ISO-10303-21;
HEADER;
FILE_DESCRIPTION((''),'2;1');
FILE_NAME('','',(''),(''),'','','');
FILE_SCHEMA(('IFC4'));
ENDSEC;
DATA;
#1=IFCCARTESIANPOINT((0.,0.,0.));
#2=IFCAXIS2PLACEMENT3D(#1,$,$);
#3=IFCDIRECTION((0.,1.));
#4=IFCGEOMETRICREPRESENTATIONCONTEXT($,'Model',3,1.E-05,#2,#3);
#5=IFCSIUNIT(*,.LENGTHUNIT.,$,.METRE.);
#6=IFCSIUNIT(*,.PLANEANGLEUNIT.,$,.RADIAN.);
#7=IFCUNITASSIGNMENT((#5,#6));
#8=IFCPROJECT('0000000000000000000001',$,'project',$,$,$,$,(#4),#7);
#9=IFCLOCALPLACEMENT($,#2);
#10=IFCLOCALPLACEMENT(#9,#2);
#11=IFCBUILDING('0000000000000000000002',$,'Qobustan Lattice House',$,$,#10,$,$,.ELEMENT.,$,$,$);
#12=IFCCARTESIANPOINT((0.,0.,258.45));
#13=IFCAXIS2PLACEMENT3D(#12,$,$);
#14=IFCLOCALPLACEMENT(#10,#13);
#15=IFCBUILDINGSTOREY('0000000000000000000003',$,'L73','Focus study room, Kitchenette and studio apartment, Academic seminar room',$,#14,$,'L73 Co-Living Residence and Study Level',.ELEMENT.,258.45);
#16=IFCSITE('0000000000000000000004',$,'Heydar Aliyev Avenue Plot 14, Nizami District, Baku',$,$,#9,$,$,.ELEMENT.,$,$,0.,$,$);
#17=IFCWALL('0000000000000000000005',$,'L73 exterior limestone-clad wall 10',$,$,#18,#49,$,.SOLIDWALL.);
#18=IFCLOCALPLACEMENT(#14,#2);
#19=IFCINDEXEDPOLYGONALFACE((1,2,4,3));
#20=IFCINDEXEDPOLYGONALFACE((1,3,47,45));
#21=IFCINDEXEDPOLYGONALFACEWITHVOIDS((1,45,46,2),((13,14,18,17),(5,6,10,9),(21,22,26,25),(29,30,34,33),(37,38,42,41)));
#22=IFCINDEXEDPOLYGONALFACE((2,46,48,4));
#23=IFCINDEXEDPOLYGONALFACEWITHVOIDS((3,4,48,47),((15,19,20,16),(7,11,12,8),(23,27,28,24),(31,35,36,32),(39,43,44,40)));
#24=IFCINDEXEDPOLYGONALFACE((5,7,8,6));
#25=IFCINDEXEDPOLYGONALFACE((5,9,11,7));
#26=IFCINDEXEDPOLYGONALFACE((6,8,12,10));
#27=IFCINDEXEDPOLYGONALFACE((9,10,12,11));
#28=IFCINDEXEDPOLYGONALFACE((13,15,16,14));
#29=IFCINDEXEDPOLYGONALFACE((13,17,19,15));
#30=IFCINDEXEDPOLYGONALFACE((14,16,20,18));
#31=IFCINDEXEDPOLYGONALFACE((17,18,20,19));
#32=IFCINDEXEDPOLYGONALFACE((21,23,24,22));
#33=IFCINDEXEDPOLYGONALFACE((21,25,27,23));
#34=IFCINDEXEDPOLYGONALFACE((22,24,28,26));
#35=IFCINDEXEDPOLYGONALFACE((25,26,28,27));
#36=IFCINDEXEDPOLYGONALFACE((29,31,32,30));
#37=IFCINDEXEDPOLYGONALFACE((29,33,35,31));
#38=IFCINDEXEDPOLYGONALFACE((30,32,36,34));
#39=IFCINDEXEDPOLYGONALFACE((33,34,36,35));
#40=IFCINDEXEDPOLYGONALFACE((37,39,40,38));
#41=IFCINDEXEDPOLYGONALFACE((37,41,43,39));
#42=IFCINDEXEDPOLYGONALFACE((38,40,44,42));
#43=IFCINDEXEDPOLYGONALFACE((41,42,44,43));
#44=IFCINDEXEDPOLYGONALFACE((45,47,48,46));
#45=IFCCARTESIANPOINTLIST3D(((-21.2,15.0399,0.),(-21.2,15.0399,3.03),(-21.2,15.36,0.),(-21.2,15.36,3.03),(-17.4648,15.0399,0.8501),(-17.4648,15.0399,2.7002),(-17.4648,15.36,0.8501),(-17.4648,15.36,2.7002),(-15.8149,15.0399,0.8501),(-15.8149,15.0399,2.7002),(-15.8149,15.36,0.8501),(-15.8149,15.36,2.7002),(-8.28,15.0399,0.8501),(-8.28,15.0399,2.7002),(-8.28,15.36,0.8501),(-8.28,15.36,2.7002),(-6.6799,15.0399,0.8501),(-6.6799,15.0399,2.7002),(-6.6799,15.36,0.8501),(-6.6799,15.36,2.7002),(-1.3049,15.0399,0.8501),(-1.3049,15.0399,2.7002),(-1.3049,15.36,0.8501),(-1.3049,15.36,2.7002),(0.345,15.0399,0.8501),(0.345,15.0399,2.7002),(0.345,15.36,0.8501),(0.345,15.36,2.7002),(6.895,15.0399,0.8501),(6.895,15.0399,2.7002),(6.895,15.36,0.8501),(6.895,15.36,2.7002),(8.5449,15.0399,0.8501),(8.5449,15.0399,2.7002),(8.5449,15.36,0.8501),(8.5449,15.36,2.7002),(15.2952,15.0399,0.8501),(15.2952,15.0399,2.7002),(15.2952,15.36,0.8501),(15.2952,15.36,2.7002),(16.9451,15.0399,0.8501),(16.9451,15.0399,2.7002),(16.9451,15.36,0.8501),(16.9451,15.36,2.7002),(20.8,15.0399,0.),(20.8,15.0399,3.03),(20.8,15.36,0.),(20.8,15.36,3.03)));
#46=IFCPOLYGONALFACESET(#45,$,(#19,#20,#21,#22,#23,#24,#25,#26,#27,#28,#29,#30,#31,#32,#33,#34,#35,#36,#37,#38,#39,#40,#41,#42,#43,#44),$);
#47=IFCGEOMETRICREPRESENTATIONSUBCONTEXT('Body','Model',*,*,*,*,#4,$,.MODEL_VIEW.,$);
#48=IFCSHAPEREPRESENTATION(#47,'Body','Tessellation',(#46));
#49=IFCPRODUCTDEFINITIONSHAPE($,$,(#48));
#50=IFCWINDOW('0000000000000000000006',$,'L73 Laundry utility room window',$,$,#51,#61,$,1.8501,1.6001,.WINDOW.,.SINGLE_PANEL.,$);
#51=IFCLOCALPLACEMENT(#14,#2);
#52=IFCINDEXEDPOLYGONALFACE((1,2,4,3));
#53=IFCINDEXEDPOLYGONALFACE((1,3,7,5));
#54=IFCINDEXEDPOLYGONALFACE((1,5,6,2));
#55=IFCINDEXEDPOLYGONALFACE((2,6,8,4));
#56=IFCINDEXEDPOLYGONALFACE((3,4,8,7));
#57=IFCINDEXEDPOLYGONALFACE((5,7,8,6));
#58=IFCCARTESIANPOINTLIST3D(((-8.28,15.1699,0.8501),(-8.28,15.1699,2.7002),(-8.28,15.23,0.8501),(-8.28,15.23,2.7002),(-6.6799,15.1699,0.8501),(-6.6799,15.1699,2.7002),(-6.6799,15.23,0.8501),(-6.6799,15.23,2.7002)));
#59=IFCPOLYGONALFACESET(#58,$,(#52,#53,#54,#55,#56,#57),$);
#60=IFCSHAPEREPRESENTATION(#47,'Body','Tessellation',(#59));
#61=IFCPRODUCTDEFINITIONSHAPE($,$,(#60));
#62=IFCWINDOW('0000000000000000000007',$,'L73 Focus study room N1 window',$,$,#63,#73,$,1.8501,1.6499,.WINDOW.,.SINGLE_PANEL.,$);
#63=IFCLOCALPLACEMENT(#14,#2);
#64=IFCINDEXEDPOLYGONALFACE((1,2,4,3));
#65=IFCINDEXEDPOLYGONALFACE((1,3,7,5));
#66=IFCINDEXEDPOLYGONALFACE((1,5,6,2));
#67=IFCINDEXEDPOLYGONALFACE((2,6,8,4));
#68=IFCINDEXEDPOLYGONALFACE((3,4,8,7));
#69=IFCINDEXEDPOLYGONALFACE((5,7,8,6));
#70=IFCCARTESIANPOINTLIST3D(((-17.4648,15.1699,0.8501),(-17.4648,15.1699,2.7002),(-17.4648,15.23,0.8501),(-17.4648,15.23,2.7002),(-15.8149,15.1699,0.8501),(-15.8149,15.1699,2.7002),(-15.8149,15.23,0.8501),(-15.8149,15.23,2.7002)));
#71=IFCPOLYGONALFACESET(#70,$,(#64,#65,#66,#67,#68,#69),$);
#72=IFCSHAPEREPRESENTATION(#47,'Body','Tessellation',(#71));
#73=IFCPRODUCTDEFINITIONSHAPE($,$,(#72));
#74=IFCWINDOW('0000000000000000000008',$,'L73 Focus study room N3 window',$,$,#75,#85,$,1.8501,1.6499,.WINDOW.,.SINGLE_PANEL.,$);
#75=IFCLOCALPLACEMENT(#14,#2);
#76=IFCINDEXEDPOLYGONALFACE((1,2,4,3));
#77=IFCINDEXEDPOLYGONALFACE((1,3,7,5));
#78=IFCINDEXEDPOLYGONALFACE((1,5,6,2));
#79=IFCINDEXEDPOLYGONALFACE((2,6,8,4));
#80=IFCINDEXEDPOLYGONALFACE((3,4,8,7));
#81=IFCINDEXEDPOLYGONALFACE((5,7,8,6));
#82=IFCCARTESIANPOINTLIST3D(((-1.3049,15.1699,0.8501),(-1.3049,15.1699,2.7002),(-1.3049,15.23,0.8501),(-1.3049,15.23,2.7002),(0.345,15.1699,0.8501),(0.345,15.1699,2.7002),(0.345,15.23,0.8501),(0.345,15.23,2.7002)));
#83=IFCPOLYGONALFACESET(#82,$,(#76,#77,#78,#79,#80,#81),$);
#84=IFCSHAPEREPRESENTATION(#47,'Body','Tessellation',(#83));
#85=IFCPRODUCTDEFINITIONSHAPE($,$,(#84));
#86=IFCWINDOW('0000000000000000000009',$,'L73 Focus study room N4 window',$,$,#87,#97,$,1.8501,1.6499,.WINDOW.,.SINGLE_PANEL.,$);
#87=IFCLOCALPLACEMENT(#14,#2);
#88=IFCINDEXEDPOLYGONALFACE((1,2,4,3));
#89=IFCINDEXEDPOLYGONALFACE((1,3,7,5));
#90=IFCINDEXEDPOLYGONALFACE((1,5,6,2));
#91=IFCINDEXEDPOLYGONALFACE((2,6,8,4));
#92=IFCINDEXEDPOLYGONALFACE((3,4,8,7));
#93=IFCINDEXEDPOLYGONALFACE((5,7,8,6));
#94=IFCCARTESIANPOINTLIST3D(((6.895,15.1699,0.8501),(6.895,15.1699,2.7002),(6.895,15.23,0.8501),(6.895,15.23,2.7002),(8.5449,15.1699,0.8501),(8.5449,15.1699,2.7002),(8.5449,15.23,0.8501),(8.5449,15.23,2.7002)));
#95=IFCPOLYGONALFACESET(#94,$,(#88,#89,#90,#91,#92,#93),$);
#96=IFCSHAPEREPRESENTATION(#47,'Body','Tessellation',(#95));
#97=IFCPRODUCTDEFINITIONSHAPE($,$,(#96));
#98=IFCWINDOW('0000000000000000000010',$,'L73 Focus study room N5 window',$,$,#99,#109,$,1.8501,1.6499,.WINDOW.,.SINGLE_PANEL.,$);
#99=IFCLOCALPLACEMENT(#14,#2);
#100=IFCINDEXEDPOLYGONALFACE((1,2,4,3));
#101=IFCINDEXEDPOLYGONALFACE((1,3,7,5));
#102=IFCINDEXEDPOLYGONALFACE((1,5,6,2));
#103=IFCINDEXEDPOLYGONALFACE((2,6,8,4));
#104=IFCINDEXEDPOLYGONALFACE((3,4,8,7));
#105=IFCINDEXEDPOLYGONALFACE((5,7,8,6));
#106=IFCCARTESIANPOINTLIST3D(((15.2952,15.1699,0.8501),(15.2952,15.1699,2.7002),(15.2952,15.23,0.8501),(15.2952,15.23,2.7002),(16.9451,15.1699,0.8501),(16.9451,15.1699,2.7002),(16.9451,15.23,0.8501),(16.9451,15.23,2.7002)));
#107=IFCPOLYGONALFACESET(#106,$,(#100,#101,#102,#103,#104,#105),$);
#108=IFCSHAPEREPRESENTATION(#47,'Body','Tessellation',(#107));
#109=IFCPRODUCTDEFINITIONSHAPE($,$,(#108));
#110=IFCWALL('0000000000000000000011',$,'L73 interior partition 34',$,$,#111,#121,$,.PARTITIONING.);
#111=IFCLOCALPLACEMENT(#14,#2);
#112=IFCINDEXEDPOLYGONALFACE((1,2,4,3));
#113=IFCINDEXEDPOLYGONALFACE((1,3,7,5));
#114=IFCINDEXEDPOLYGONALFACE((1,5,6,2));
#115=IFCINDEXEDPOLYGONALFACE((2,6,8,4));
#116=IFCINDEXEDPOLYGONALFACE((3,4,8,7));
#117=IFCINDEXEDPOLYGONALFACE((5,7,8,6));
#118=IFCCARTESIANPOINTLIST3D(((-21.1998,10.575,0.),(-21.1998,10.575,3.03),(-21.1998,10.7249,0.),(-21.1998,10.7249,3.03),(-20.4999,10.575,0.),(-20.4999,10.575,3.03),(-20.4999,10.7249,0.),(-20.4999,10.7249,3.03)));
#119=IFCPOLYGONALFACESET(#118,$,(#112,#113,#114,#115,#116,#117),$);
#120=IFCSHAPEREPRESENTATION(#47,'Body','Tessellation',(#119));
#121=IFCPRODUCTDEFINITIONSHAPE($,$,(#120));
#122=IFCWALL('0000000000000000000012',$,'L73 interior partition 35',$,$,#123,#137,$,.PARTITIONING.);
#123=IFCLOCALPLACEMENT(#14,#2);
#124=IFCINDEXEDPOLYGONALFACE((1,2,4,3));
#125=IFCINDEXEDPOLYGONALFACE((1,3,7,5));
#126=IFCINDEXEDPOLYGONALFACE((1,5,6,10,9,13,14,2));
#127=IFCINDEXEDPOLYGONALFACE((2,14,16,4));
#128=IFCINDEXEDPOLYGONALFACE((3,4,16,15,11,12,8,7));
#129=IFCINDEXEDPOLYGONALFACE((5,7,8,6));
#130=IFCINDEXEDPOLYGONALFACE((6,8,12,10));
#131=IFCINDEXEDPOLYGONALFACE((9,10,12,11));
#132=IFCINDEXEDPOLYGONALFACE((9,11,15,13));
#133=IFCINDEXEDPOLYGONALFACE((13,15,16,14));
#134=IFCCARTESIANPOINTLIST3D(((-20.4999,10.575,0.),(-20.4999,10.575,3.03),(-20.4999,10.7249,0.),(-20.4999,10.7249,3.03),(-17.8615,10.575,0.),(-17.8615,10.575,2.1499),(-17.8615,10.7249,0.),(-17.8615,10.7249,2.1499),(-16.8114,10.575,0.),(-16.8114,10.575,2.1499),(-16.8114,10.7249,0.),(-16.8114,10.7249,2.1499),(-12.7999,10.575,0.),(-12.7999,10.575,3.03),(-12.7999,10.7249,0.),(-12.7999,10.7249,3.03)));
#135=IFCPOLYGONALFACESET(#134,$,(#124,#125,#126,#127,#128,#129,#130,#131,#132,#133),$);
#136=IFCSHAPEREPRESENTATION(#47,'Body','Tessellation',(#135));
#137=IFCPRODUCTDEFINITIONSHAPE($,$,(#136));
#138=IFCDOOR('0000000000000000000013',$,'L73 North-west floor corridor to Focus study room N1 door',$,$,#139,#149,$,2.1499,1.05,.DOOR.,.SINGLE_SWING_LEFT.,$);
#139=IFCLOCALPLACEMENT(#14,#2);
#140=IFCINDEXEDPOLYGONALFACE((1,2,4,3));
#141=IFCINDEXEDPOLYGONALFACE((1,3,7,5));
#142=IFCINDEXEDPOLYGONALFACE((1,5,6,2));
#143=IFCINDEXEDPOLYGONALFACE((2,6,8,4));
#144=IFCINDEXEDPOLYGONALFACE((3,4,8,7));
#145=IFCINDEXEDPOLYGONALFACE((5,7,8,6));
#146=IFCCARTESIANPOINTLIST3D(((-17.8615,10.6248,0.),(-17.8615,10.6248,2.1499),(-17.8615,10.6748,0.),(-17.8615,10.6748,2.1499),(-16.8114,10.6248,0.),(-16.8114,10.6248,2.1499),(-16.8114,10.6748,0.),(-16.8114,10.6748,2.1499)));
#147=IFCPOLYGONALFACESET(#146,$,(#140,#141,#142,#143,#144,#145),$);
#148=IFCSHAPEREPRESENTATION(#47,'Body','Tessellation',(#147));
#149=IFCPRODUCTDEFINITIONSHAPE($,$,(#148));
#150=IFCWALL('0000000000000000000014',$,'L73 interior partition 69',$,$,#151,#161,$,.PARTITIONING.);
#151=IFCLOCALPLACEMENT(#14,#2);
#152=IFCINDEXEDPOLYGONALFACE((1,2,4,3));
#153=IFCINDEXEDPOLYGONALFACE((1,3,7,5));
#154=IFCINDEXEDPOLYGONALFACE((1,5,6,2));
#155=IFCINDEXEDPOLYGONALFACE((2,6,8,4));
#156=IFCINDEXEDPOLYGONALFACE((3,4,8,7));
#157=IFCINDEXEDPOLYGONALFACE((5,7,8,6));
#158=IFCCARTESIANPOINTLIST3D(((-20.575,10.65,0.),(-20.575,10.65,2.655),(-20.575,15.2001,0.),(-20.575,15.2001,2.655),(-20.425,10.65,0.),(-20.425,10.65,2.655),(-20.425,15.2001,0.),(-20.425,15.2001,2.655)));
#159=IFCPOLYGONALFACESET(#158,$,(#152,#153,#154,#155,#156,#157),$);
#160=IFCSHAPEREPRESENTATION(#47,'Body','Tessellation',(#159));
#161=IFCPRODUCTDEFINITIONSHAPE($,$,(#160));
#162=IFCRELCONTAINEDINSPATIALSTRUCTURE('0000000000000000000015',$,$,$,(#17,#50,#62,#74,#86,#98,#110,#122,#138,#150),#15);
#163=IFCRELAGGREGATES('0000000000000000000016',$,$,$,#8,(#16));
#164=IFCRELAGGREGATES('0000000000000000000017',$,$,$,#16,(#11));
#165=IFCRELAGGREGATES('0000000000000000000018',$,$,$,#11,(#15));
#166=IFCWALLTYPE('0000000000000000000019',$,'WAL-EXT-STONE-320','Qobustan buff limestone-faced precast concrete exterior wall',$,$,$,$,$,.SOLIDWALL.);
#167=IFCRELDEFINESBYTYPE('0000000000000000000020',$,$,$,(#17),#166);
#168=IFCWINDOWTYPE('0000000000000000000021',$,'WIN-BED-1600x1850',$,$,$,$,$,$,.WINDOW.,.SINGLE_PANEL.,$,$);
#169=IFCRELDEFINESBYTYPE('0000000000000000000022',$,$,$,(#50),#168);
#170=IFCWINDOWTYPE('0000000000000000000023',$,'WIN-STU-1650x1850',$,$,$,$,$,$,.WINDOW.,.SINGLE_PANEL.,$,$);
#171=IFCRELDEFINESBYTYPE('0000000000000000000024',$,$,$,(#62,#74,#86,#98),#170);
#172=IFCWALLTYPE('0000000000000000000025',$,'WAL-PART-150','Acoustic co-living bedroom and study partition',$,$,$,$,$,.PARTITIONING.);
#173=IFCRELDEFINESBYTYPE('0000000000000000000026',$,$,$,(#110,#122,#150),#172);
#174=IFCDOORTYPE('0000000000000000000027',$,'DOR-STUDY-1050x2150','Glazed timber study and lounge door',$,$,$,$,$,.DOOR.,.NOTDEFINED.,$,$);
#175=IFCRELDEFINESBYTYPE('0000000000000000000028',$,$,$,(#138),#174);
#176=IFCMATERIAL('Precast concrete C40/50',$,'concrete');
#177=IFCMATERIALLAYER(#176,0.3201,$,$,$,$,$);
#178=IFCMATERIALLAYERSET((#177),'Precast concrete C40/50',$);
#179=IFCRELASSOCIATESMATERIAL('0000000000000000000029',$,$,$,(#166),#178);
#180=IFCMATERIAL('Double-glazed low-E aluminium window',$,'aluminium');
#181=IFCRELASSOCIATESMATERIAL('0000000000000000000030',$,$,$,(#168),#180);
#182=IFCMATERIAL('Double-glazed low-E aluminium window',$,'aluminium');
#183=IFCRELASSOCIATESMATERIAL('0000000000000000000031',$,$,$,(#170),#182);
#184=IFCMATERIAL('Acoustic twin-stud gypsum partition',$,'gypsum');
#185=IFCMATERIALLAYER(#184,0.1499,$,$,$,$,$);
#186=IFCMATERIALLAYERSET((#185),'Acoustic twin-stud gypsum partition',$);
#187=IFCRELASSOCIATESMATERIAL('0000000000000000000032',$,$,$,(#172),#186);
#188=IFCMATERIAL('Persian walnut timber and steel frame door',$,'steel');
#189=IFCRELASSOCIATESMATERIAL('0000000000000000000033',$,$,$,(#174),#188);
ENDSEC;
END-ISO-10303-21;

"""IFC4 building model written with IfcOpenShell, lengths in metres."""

from ifc_helpers import new_model, si_unit, direction, frame, frame_2d, origin, place, context, subcontext, project, spatial, rectangle, extrude, material, layer, layer_set, type_object, element, fill, save


model = new_model("IFC4")

# Units and contexts
model_context = context("Model", 3, precision=1e-05, world=origin(), true_north=direction((0.0, 1.0)))
body_context = subcontext(model_context, "Body", "Model", "MODEL_VIEW")
ifc_project = project(units=[si_unit("LENGTHUNIT", "METRE"), si_unit("PLANEANGLEUNIT", "RADIAN")], contexts=[model_context])

# Site, building, storey
site_placement = place(None, origin())
site = spatial("IfcSite", under=ifc_project, at=site_placement, Name="Heydar Aliyev Avenue Plot 14, Nizami District, Baku", CompositionType="ELEMENT", RefElevation=0.0)
building_placement = place(site_placement, origin())
building = spatial("IfcBuilding", under=site, at=building_placement, Name="Qobustan Lattice House", CompositionType="ELEMENT")
storey_placement = place(building_placement, frame((0.0, 0.0, 258.45)))
storey = spatial("IfcBuildingStorey", under=building, at=storey_placement, Name="L73", Description="Focus study room, Kitchenette and studio apartment, Academic seminar room", LongName="L73 Co-Living Residence and Study Level", CompositionType="ELEMENT", Elevation=258.45)

# Shared definitions
ifc_material_1 = material(Name="Precast concrete C40/50", Category="concrete")
ifc_layer_1 = layer(ifc_material_1, 0.3201)
ifc_layer_set_1 = layer_set([ifc_layer_1], Name="Precast concrete C40/50")
wall_type_1 = type_object("IfcWallType", Name="WAL-EXT-STONE-320", Description="Qobustan buff limestone-faced precast concrete exterior wall", PredefinedType="SOLIDWALL", material=ifc_layer_set_1)

# Wall, openings, windows
wall_1_placement = place(storey_placement, frame((-21.2, 15.2, 0.0), z_axis=(0.0, 0.0, 1.0), x_axis=(1.0, 0.0, 0.0)))
wall_1 = element("IfcWall", 1, at=wall_1_placement, inside=storey, type_object=wall_type_1, Name="L73 exterior limestone-clad wall 10", PredefinedType="SOLIDWALL", context=body_context, shape_type="SweptSolid", body=[
    extrude(rectangle(XDim=42.0, YDim=0.3201, at=frame_2d((21.0, 0.0))), origin(), (0.0, 0.0, 1.0), 3.03),
])
opening_1_placement = place(wall_1_placement, frame((3.7351, 0.0, 0.8501)))
opening_1 = element("IfcOpeningElement", 2, at=opening_1_placement, cuts=wall_1, PredefinedType="OPENING", context=body_context, shape_type="SweptSolid", body=[
    extrude(rectangle(XDim=1.6499, YDim=1.8501, at=frame_2d((0.825, 0.925))), frame((0.0, 0.1699, 0.0), z_axis=(0.0, -1.0, 0.0), x_axis=(1.0, 0.0, 0.0)), (0.0, 0.0, 1.0), 0.3401),
])
opening_2_placement = place(wall_1_placement, frame((12.9199, 0.0, 0.8501)))
opening_2 = element("IfcOpeningElement", 3, at=opening_2_placement, cuts=wall_1, PredefinedType="OPENING", context=body_context, shape_type="SweptSolid", body=[
    extrude(rectangle(XDim=1.6001, YDim=1.8501, at=frame_2d((0.8, 0.925))), frame((0.0, 0.1699, 0.0), z_axis=(0.0, -1.0, 0.0), x_axis=(1.0, 0.0, 0.0)), (0.0, 0.0, 1.0), 0.3401),
])
opening_3_placement = place(wall_1_placement, frame((19.895, 0.0, 0.8501)))
opening_3 = element("IfcOpeningElement", 4, at=opening_3_placement, cuts=wall_1, PredefinedType="OPENING", context=body_context, shape_type="SweptSolid", body=[
    extrude(rectangle(XDim=1.6499, YDim=1.8501, at=frame_2d((0.825, 0.925))), frame((0.0, 0.1699, 0.0), z_axis=(0.0, -1.0, 0.0), x_axis=(1.0, 0.0, 0.0)), (0.0, 0.0, 1.0), 0.3401),
])
opening_4_placement = place(wall_1_placement, frame((28.095, 0.0, 0.8501)))
opening_4 = element("IfcOpeningElement", 5, at=opening_4_placement, cuts=wall_1, PredefinedType="OPENING", context=body_context, shape_type="SweptSolid", body=[
    extrude(rectangle(XDim=1.6499, YDim=1.8501, at=frame_2d((0.825, 0.925))), frame((0.0, 0.1699, 0.0), z_axis=(0.0, -1.0, 0.0), x_axis=(1.0, 0.0, 0.0)), (0.0, 0.0, 1.0), 0.3401),
])
opening_5_placement = place(wall_1_placement, frame((36.4951, 0.0, 0.8501)))
opening_5 = element("IfcOpeningElement", 6, at=opening_5_placement, cuts=wall_1, PredefinedType="OPENING", context=body_context, shape_type="SweptSolid", body=[
    extrude(rectangle(XDim=1.6499, YDim=1.8501, at=frame_2d((0.825, 0.925))), frame((0.0, 0.1699, 0.0), z_axis=(0.0, -1.0, 0.0), x_axis=(1.0, 0.0, 0.0)), (0.0, 0.0, 1.0), 0.3401),
])
ifc_material_2 = material(Name="Double-glazed low-E aluminium window", Category="aluminium")
window_type_1 = type_object("IfcWindowType", Name="WIN-BED-1600x1850", PartitioningType="SINGLE_PANEL", PredefinedType="WINDOW", material=ifc_material_2)
window_1_placement = place(opening_2_placement, origin())
window_1 = element("IfcWindow", 7, at=window_1_placement, inside=storey, type_object=window_type_1, Name="L73 Laundry utility room window", OverallHeight=1.8501, OverallWidth=1.6001, PartitioningType="SINGLE_PANEL", PredefinedType="WINDOW", context=body_context, shape_type="SweptSolid", body=[
    extrude(rectangle(XDim=1.6001, YDim=1.8501, at=frame_2d((0.8, 0.925))), frame((0.0, 0.03, 0.0), z_axis=(0.0, -1.0, 0.0), x_axis=(1.0, 0.0, 0.0)), (0.0, 0.0, 1.0), 0.0601),
])
fill(opening_2, window_1)
ifc_material_3 = material(Name="Double-glazed low-E aluminium window", Category="aluminium")
window_type_2 = type_object("IfcWindowType", Name="WIN-STU-1650x1850", PartitioningType="SINGLE_PANEL", PredefinedType="WINDOW", material=ifc_material_3)
window_2_placement = place(opening_1_placement, origin())
window_2 = element("IfcWindow", 8, at=window_2_placement, inside=storey, type_object=window_type_2, Name="L73 Focus study room N1 window", OverallHeight=1.8501, OverallWidth=1.6499, PartitioningType="SINGLE_PANEL", PredefinedType="WINDOW", context=body_context, shape_type="SweptSolid", body=[
    extrude(rectangle(XDim=1.6499, YDim=1.8501, at=frame_2d((0.825, 0.925))), frame((0.0, 0.03, 0.0), z_axis=(0.0, -1.0, 0.0), x_axis=(1.0, 0.0, 0.0)), (0.0, 0.0, 1.0), 0.0601),
])
fill(opening_1, window_2)
window_3_placement = place(opening_3_placement, origin())
window_3 = element("IfcWindow", 9, at=window_3_placement, inside=storey, type_object=window_type_2, Name="L73 Focus study room N3 window", OverallHeight=1.8501, OverallWidth=1.6499, PartitioningType="SINGLE_PANEL", PredefinedType="WINDOW", context=body_context, shape_type="SweptSolid", body=[
    extrude(rectangle(XDim=1.6499, YDim=1.8501, at=frame_2d((0.825, 0.925))), frame((0.0, 0.03, 0.0), z_axis=(0.0, -1.0, 0.0), x_axis=(1.0, 0.0, 0.0)), (0.0, 0.0, 1.0), 0.0601),
])
fill(opening_3, window_3)
window_4_placement = place(opening_4_placement, origin())
window_4 = element("IfcWindow", 10, at=window_4_placement, inside=storey, type_object=window_type_2, Name="L73 Focus study room N4 window", OverallHeight=1.8501, OverallWidth=1.6499, PartitioningType="SINGLE_PANEL", PredefinedType="WINDOW", context=body_context, shape_type="SweptSolid", body=[
    extrude(rectangle(XDim=1.6499, YDim=1.8501, at=frame_2d((0.825, 0.925))), frame((0.0, 0.03, 0.0), z_axis=(0.0, -1.0, 0.0), x_axis=(1.0, 0.0, 0.0)), (0.0, 0.0, 1.0), 0.0601),
])
fill(opening_4, window_4)
window_5_placement = place(opening_5_placement, origin())
window_5 = element("IfcWindow", 11, at=window_5_placement, inside=storey, type_object=window_type_2, Name="L73 Focus study room N5 window", OverallHeight=1.8501, OverallWidth=1.6499, PartitioningType="SINGLE_PANEL", PredefinedType="WINDOW", context=body_context, shape_type="SweptSolid", body=[
    extrude(rectangle(XDim=1.6499, YDim=1.8501, at=frame_2d((0.825, 0.925))), frame((0.0, 0.03, 0.0), z_axis=(0.0, -1.0, 0.0), x_axis=(1.0, 0.0, 0.0)), (0.0, 0.0, 1.0), 0.0601),
])
fill(opening_5, window_5)

# Wall
ifc_material_4 = material(Name="Acoustic twin-stud gypsum partition", Category="gypsum")
ifc_layer_2 = layer(ifc_material_4, 0.1499)
ifc_layer_set_2 = layer_set([ifc_layer_2], Name="Acoustic twin-stud gypsum partition")
wall_type_2 = type_object("IfcWallType", Name="WAL-PART-150", Description="Acoustic co-living bedroom and study partition", PredefinedType="PARTITIONING", material=ifc_layer_set_2)
wall_2_placement = place(storey_placement, frame((-21.2, 10.6499, 0.0), z_axis=(0.0, 0.0, 1.0), x_axis=(1.0, 0.0, 0.0)))
element("IfcWall", 12, at=wall_2_placement, inside=storey, type_object=wall_type_2, Name="L73 interior partition 34", PredefinedType="PARTITIONING", context=body_context, shape_type="SweptSolid", body=[
    extrude(rectangle(XDim=0.7, YDim=0.1499, at=frame_2d((0.3501, 0.0))), origin(), (0.0, 0.0, 1.0), 3.03),
])

# Wall, opening, door
wall_3_placement = place(storey_placement, frame((-20.5, 10.6499, 0.0), z_axis=(0.0, 0.0, 1.0), x_axis=(1.0, 0.0, 0.0)))
wall_3 = element("IfcWall", 13, at=wall_3_placement, inside=storey, type_object=wall_type_2, Name="L73 interior partition 35", PredefinedType="PARTITIONING", context=body_context, shape_type="SweptSolid", body=[
    extrude(rectangle(XDim=7.7, YDim=0.1499, at=frame_2d((3.8501, 0.0))), origin(), (0.0, 0.0, 1.0), 3.03),
])
opening_6_placement = place(wall_3_placement, frame((2.6387, 0.0, 0.0)))
opening_6 = element("IfcOpeningElement", 14, at=opening_6_placement, cuts=wall_3, PredefinedType="OPENING", context=body_context, shape_type="SweptSolid", body=[
    extrude(rectangle(XDim=1.05, YDim=2.1499, at=frame_2d((0.5249, 1.075))), frame((0.0, 0.085, 0.0), z_axis=(0.0, -1.0, 0.0), x_axis=(1.0, 0.0, 0.0)), (0.0, 0.0, 1.0), 0.1699),
])
ifc_material_5 = material(Name="Persian walnut timber and steel frame door", Category="steel")
door_type = type_object("IfcDoorType", Name="DOR-STUDY-1050x2150", Description="Glazed timber study and lounge door", OperationType="NOTDEFINED", PredefinedType="DOOR", material=ifc_material_5)
door_placement = place(opening_6_placement, origin())
door = element("IfcDoor", 15, at=door_placement, inside=storey, type_object=door_type, Name="L73 North-west floor corridor to Focus study room N1 door", OperationType="SINGLE_SWING_LEFT", OverallHeight=2.1499, OverallWidth=1.05, PredefinedType="DOOR", context=body_context, shape_type="SweptSolid", body=[
    extrude(rectangle(XDim=1.05, YDim=2.1499, at=frame_2d((0.5249, 1.075))), frame((0.0, 0.0249, 0.0), z_axis=(0.0, -1.0, 0.0), x_axis=(1.0, 0.0, 0.0)), (0.0, 0.0, 1.0), 0.05),
])
fill(opening_6, door)

# Wall
wall_4_placement = place(storey_placement, frame((-20.5, 15.2, 0.0), z_axis=(0.0, 0.0, 1.0), x_axis=(0.0, -1.0, 0.0)))
element("IfcWall", 16, at=wall_4_placement, inside=storey, type_object=wall_type_2, Name="L73 interior partition 69", PredefinedType="PARTITIONING", context=body_context, shape_type="SweptSolid", body=[
    extrude(rectangle(XDim=4.55, YDim=0.1499, at=frame_2d((2.2749, 0.0))), origin(), (0.0, 0.0, 1.0), 2.655),
])

save(model, "model.ifc")
